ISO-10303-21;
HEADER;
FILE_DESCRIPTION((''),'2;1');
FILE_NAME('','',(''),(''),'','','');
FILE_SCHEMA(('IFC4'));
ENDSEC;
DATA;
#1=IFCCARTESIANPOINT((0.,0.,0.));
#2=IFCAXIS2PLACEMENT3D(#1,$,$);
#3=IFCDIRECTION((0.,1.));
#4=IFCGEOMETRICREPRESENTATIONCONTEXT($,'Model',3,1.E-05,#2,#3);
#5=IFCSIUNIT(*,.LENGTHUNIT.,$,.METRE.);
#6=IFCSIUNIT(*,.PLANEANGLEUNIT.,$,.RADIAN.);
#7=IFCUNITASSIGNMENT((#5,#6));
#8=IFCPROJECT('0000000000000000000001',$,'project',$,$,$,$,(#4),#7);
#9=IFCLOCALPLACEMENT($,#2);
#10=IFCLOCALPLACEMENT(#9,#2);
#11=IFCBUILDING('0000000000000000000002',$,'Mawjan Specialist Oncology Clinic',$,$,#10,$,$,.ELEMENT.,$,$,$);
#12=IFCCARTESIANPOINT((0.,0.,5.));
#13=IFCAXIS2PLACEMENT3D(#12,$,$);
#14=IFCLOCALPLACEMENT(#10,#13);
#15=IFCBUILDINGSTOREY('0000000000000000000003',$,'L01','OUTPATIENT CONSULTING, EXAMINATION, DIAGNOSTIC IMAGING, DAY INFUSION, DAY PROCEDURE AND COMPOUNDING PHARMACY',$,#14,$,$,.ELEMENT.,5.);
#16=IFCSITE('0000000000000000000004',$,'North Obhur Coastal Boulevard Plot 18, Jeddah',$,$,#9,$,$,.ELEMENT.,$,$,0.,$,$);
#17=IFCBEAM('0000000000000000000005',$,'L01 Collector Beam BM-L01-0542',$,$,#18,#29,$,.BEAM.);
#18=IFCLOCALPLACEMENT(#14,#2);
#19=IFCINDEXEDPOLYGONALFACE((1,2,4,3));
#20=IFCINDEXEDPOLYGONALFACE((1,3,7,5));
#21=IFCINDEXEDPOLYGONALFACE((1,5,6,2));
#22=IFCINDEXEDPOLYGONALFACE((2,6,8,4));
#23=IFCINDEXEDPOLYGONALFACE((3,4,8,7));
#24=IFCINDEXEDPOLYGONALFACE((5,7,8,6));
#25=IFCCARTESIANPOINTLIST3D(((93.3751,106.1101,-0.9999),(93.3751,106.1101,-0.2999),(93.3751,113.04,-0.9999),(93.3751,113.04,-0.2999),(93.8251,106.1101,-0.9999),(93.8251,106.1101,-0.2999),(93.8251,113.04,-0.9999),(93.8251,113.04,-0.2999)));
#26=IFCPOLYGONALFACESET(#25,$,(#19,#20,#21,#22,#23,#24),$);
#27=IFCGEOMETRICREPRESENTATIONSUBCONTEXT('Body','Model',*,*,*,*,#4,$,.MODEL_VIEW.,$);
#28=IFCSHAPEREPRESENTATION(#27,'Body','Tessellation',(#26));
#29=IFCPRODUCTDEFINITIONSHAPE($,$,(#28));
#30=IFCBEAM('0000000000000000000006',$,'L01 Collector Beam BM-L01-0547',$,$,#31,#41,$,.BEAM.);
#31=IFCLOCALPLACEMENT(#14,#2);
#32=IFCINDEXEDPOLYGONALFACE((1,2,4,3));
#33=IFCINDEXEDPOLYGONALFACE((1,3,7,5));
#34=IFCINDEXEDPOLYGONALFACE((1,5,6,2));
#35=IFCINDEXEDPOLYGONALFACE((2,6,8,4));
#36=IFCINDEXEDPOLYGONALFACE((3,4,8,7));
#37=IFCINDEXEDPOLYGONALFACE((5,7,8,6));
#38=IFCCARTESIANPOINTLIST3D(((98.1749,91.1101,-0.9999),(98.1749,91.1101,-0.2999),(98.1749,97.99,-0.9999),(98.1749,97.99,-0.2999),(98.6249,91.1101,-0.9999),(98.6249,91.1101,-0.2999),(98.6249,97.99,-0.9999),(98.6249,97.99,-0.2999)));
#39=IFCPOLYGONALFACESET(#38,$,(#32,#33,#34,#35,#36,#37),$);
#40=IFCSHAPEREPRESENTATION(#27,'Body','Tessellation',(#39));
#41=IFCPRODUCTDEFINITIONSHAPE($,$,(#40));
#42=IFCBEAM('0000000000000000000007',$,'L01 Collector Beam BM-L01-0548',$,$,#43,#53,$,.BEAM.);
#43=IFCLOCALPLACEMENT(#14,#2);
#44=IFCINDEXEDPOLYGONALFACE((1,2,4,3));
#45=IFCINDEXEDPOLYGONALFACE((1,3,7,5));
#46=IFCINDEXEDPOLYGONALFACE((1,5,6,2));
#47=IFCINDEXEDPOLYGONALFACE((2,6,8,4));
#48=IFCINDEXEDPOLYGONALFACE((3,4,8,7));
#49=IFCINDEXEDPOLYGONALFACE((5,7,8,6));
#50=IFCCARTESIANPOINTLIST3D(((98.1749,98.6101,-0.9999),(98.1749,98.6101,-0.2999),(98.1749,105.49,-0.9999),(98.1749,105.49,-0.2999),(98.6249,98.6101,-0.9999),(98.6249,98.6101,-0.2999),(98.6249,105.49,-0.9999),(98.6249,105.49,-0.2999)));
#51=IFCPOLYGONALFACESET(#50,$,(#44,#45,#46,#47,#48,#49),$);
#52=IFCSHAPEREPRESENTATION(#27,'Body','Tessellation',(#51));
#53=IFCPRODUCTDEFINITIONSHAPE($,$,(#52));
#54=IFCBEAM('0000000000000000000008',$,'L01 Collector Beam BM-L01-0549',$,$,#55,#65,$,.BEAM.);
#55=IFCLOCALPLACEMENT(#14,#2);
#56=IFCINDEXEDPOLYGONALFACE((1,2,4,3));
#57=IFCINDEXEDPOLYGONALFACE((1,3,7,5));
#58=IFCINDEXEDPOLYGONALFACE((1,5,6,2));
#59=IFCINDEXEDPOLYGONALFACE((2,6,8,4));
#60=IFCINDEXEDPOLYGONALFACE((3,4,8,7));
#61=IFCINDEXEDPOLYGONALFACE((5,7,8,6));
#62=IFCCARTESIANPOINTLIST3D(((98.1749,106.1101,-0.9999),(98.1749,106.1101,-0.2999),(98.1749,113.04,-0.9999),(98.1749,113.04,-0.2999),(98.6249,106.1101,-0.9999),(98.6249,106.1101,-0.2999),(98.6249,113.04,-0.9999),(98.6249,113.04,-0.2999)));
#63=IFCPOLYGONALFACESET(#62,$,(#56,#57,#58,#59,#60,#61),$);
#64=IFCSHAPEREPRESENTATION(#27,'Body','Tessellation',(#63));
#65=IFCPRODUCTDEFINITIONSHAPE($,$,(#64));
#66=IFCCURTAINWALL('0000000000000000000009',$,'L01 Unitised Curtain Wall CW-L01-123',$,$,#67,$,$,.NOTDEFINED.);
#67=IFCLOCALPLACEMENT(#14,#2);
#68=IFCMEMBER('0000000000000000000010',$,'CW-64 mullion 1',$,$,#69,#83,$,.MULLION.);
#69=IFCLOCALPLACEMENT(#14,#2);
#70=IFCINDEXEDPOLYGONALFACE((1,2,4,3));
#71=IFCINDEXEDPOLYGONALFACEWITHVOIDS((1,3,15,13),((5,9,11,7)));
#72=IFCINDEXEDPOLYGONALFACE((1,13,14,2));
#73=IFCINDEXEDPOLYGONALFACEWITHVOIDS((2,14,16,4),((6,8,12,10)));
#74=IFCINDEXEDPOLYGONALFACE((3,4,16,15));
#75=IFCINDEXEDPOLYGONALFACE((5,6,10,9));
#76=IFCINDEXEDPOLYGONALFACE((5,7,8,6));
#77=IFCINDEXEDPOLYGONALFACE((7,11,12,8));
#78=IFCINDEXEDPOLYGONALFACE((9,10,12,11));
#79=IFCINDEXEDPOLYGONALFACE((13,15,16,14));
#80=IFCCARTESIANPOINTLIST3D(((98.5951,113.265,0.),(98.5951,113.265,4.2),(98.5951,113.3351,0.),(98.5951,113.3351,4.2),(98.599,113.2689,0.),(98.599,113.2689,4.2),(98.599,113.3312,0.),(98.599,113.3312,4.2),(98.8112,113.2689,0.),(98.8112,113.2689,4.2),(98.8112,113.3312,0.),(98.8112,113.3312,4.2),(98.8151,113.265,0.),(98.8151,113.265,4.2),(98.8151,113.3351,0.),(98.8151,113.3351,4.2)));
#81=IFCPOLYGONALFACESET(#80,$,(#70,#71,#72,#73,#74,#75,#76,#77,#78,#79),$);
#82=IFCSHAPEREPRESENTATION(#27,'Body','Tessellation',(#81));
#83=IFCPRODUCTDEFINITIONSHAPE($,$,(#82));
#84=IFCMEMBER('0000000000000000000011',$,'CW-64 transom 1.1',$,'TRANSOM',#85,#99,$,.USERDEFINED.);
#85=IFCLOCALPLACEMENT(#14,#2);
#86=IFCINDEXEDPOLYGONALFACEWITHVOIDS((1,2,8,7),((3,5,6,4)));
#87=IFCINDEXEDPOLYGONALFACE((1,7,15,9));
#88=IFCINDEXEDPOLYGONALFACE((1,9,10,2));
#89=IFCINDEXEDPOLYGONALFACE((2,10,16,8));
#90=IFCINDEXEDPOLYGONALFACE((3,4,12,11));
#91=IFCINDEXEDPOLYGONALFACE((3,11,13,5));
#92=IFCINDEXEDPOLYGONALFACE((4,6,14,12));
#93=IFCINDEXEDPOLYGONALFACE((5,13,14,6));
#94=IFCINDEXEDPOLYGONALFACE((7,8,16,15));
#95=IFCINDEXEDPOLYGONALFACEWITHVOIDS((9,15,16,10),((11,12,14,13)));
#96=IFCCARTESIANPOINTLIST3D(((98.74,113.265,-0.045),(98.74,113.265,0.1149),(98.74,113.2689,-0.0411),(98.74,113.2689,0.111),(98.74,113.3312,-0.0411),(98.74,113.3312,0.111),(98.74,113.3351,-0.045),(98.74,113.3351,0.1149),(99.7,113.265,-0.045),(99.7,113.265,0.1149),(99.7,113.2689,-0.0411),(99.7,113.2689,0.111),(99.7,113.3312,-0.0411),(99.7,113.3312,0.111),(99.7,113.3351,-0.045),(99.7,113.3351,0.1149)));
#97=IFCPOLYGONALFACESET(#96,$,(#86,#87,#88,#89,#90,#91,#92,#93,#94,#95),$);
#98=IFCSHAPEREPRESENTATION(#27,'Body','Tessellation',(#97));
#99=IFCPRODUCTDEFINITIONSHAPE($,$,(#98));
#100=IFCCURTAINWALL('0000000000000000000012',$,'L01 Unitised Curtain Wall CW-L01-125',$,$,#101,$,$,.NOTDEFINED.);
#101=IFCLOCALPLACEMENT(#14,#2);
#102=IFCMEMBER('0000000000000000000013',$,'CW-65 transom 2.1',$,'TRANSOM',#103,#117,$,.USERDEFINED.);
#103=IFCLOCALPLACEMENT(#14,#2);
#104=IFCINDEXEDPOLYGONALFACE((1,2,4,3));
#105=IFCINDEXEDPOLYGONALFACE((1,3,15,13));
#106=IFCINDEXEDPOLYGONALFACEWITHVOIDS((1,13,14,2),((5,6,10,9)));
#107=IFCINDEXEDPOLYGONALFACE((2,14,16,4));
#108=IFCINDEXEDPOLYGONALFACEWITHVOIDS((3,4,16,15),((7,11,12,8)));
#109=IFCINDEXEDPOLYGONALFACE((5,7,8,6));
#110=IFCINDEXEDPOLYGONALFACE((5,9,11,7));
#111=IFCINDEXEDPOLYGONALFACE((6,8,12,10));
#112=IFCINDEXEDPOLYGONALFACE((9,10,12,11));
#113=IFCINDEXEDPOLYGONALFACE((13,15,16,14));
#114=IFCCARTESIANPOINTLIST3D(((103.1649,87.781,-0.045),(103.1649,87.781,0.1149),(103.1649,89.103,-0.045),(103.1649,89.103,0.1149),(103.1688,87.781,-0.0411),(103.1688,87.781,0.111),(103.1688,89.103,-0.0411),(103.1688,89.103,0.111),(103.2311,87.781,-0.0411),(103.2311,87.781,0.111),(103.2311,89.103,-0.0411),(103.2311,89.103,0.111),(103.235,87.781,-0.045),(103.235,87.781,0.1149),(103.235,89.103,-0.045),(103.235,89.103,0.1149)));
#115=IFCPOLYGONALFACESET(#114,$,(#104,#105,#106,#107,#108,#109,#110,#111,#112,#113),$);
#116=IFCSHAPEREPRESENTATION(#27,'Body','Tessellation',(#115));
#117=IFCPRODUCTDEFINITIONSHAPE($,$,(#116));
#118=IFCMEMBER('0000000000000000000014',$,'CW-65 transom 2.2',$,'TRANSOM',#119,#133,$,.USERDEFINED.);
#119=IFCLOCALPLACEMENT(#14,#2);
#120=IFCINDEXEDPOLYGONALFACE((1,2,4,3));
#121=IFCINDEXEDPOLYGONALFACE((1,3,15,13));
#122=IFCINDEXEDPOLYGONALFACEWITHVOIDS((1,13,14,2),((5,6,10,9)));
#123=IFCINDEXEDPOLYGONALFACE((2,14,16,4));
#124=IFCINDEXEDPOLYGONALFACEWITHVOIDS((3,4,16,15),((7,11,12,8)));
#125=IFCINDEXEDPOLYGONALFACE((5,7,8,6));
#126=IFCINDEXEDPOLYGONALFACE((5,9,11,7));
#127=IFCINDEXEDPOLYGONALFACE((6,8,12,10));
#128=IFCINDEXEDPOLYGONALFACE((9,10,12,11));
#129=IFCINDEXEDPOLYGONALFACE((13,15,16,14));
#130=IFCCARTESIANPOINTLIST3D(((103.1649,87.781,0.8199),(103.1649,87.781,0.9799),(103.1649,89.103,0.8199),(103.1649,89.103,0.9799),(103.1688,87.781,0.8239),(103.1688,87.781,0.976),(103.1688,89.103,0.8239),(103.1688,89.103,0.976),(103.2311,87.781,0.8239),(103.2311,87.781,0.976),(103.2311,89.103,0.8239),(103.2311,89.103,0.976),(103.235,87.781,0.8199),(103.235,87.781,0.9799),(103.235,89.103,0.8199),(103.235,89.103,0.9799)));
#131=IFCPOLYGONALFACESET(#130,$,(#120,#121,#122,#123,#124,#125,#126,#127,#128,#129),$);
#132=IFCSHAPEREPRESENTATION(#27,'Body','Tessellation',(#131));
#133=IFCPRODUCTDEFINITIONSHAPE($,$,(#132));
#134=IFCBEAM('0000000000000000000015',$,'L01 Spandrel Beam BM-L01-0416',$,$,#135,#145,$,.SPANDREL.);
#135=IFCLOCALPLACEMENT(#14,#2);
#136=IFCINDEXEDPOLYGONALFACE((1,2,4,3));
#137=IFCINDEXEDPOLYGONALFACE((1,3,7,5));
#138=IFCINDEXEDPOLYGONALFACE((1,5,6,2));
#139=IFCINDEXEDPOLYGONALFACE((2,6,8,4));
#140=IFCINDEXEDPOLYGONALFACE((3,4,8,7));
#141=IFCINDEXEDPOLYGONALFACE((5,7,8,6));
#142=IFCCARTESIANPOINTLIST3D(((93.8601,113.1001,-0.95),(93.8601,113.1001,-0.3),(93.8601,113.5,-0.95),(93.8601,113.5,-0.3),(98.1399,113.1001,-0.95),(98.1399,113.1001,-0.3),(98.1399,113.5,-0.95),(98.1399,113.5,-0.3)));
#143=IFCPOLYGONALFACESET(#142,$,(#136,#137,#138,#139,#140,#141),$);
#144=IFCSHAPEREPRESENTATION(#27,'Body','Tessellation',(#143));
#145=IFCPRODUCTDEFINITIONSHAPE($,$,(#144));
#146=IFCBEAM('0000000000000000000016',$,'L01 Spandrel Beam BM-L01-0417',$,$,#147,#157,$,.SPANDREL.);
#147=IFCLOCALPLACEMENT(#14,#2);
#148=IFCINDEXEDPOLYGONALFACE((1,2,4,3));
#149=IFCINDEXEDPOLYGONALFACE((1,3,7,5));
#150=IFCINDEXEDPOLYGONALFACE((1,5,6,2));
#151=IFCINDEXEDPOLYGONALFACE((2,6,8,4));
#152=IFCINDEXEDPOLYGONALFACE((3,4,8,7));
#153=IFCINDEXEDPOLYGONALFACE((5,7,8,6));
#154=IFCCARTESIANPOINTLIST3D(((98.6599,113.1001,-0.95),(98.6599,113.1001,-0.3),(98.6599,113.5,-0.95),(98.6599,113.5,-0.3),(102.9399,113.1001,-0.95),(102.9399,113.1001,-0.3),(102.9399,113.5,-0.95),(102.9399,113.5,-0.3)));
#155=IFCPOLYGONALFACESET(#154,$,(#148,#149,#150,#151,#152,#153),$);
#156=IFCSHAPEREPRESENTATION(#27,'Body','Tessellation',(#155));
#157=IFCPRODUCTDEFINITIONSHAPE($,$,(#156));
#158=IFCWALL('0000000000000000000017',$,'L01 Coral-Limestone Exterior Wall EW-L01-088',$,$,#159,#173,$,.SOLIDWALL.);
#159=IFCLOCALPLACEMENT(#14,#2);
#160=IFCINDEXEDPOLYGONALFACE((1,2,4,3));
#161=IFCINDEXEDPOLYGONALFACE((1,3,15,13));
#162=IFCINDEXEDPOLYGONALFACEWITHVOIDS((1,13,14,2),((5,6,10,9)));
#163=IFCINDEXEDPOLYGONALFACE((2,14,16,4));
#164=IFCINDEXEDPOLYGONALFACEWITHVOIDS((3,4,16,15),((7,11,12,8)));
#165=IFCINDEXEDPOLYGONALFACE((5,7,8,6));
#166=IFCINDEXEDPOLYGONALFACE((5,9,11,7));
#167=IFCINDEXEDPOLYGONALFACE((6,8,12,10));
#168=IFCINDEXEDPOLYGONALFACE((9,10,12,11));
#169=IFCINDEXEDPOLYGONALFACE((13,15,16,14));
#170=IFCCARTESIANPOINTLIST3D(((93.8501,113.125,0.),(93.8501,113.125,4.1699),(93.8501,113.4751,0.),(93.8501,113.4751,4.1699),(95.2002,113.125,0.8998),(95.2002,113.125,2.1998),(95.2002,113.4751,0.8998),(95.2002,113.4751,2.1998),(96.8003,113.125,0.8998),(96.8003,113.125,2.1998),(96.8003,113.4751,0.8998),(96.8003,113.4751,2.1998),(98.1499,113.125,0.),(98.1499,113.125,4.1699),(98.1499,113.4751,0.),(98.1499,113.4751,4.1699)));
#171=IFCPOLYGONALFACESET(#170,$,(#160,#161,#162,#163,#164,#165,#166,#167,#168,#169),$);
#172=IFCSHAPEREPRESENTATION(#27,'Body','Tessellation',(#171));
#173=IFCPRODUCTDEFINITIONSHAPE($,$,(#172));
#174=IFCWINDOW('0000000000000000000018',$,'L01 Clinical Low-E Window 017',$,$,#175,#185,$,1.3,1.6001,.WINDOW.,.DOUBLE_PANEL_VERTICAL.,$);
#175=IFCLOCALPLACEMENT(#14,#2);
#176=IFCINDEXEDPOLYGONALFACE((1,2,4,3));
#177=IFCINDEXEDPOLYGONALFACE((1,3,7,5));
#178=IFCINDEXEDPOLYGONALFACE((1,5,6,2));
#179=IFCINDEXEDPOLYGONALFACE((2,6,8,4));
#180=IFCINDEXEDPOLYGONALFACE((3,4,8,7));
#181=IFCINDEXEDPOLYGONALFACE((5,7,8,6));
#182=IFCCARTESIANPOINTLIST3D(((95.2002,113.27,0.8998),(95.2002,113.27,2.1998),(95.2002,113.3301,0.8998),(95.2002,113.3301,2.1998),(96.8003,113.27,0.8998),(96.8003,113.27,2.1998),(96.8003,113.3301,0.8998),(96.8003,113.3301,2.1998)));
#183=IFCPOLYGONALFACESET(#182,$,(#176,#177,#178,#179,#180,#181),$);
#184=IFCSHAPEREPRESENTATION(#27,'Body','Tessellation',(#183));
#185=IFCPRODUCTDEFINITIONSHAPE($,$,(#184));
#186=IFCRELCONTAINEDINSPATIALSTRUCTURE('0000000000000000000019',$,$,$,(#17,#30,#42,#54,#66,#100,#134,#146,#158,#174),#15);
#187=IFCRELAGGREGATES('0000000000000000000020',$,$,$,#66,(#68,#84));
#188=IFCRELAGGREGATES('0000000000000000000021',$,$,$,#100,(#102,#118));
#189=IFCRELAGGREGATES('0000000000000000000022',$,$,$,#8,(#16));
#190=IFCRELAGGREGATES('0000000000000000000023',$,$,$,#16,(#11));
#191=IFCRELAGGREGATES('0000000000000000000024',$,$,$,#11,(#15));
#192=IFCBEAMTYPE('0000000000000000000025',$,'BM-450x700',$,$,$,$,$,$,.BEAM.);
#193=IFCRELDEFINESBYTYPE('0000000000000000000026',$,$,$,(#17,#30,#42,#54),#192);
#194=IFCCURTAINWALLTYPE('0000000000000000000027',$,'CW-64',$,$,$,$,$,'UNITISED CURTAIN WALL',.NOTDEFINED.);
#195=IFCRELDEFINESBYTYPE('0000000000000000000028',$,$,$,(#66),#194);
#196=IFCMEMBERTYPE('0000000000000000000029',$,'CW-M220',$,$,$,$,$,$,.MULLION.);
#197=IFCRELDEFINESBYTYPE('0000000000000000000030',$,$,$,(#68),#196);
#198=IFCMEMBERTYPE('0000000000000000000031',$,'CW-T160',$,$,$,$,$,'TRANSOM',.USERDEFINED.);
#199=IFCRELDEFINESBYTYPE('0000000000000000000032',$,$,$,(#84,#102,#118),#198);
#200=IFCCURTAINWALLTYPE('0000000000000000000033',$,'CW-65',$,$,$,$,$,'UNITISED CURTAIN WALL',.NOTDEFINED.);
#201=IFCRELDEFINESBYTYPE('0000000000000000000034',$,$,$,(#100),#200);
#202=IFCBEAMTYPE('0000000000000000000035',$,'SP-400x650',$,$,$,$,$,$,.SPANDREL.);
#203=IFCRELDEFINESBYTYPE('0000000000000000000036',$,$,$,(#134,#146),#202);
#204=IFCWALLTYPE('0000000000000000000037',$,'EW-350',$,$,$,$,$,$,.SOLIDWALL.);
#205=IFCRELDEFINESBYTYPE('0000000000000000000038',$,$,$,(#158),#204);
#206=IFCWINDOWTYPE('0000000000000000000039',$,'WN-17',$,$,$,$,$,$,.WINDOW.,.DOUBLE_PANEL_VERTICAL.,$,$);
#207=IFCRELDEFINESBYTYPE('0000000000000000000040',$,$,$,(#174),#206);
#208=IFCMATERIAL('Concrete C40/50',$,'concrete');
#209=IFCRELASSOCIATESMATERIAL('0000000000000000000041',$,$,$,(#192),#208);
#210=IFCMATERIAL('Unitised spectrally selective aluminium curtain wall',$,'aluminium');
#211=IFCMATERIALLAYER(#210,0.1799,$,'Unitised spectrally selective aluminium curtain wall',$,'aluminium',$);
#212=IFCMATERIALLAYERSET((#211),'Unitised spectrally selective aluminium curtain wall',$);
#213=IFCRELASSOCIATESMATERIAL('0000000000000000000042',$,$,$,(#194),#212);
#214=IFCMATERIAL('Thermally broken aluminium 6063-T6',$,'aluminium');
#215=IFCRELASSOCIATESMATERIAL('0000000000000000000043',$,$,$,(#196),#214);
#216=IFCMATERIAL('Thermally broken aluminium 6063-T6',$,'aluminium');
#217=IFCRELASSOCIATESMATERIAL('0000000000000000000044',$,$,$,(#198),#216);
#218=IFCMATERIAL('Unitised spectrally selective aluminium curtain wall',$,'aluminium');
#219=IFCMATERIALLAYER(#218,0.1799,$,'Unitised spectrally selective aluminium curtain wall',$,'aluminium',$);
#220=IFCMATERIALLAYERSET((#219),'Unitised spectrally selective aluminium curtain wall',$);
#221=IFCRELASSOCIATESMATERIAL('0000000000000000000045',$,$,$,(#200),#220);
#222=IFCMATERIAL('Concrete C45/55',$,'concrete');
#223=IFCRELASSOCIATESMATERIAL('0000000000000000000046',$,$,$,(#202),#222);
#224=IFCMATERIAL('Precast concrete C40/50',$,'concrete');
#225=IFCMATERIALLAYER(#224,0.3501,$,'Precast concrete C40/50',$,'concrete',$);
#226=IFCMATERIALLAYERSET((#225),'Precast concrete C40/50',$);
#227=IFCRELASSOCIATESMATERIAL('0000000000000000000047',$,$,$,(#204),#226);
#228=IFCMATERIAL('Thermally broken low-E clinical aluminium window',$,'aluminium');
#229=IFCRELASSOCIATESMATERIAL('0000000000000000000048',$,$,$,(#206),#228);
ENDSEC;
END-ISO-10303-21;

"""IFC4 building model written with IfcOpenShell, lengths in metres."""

from ifc_helpers import new_model, si_unit, direction, frame, frame_2d, origin, origin_2d, place, context, subcontext, project, spatial, rectangle, hollow_rectangle, extrude, material, layer, layer_set, material_profile, profile_set, type_object, element, fill, aggregate, save


model = new_model("IFC4")

# Units and contexts
model_context = context("Model", 3, precision=1e-05, world=origin(), true_north=direction((0.0, 1.0)))
body_context = subcontext(model_context, "Body", "Model", "MODEL_VIEW")
ifc_project = project(units=[si_unit("LENGTHUNIT", "METRE"), si_unit("PLANEANGLEUNIT", "RADIAN")], contexts=[model_context])

# Site, building, storey
site_placement = place(None, origin())
site = spatial("IfcSite", under=ifc_project, at=site_placement, Name="North Obhur Coastal Boulevard Plot 18, Jeddah", CompositionType="ELEMENT", RefElevation=0.0)
building_placement = place(site_placement, origin())
building = spatial("IfcBuilding", under=site, at=building_placement, Name="Mawjan Specialist Oncology Clinic", CompositionType="ELEMENT")
storey_placement = place(building_placement, frame((0.0, 0.0, 5.0)))
storey = spatial("IfcBuildingStorey", under=building, at=storey_placement, Name="L01", Description="OUTPATIENT CONSULTING, EXAMINATION, DIAGNOSTIC IMAGING, DAY INFUSION, DAY PROCEDURE AND COMPOUNDING PHARMACY", CompositionType="ELEMENT", Elevation=5.0)

# Beams
ifc_material_1 = material(Name="Concrete C40/50", Category="concrete")
ifc_material_profile_1 = material_profile(ifc_material_1, rectangle(XDim=0.45, YDim=0.7, at=origin_2d()), Name="RC BM 450x700", Category="concrete")
ifc_profile_set_1 = profile_set([ifc_material_profile_1], Name="Concrete C40/50")
beam_type_1 = type_object("IfcBeamType", Name="BM-450x700", PredefinedType="BEAM", material=ifc_profile_set_1)
beam_1_placement = place(storey_placement, frame((93.6001, 106.1101, -0.6499), z_axis=(0.0, 1.0, 0.0), x_axis=(-1.0, 0.0, 0.0)))
element("IfcBeam", 1, at=beam_1_placement, inside=storey, type_object=beam_type_1, Name="L01 Collector Beam BM-L01-0542", PredefinedType="BEAM", context=body_context, shape_type="SweptSolid", body=[
    extrude(rectangle(XDim=0.45, YDim=0.7, at=origin_2d()), origin(), (0.0, 0.0, 1.0), 6.9299),
])
for number, where, z_axis, x_axis, name in (
    (2, (98.3999, 91.1101, -0.6499), (0.0, 1.0, 0.0), (-1.0, 0.0, 0.0), "L01 Collector Beam BM-L01-0547"),
    (3, (98.3999, 98.6101, -0.6499), (0.0, 1.0, 0.0), (-1.0, 0.0, 0.0), "L01 Collector Beam BM-L01-0548"),
):
    element("IfcBeam", number, at=place(storey_placement, frame(where, z_axis=z_axis, x_axis=x_axis)), inside=storey, type_object=beam_type_1, Name=name, PredefinedType="BEAM", context=body_context, shape_type="SweptSolid", body=[
        extrude(rectangle(XDim=0.45, YDim=0.7, at=origin_2d()), origin(), (0.0, 0.0, 1.0), 6.8799),
    ])
beam_2_placement = place(storey_placement, frame((98.3999, 106.1101, -0.6499), z_axis=(0.0, 1.0, 0.0), x_axis=(-1.0, 0.0, 0.0)))
element("IfcBeam", 4, at=beam_2_placement, inside=storey, type_object=beam_type_1, Name="L01 Collector Beam BM-L01-0549", PredefinedType="BEAM", context=body_context, shape_type="SweptSolid", body=[
    extrude(rectangle(XDim=0.45, YDim=0.7, at=origin_2d()), origin(), (0.0, 0.0, 1.0), 6.9299),
])

# Curtain walls, members
ifc_material_2 = material(Name="Unitised spectrally selective aluminium curtain wall", Category="aluminium")
ifc_layer_1 = layer(ifc_material_2, 0.1799, Name="Unitised spectrally selective aluminium curtain wall", Category="aluminium")
ifc_layer_set_1 = layer_set([ifc_layer_1], Name="Unitised spectrally selective aluminium curtain wall")
curtain_wall_type_1 = type_object("IfcCurtainWallType", Name="CW-64", ElementType="UNITISED CURTAIN WALL", PredefinedType="NOTDEFINED", material=ifc_layer_set_1)
curtain_wall_1_placement = place(storey_placement, origin())
curtain_wall_1 = element("IfcCurtainWall", 5, at=curtain_wall_1_placement, inside=storey, type_object=curtain_wall_type_1, Name="L01 Unitised Curtain Wall CW-L01-123", PredefinedType="NOTDEFINED")
ifc_material_3 = material(Name="Thermally broken aluminium 6063-T6", Category="aluminium")
ifc_material_profile_2 = material_profile(ifc_material_3, hollow_rectangle(XDim=0.0701, YDim=0.22, WallThickness=0.0039, at=origin_2d()), Name="ALU MULLION 220x70x4", Category="aluminium")
ifc_profile_set_2 = profile_set([ifc_material_profile_2], Name="Thermally broken aluminium 6063-T6")
member_type_1 = type_object("IfcMemberType", Name="CW-M220", PredefinedType="MULLION", material=ifc_profile_set_2)
member_1_placement = place(storey_placement, frame((98.7051, 113.3, 0.0), z_axis=(0.0, 0.0, 1.0), x_axis=(0.0, 1.0, 0.0)))
member_1 = element("IfcMember", 6, at=member_1_placement, type_object=member_type_1, Name="CW-64 mullion 1", PredefinedType="MULLION", context=body_context, shape_type="SweptSolid", body=[
    extrude(hollow_rectangle(XDim=0.0701, YDim=0.22, WallThickness=0.0039, at=origin_2d()), origin(), (0.0, 0.0, 1.0), 4.2),
])
ifc_material_4 = material(Name="Thermally broken aluminium 6063-T6", Category="aluminium")
ifc_material_profile_3 = material_profile(ifc_material_4, hollow_rectangle(XDim=0.0701, YDim=0.1599, WallThickness=0.0039, at=origin_2d()), Name="ALU TRANSOM 160x70x4", Category="aluminium")
ifc_profile_set_3 = profile_set([ifc_material_profile_3], Name="Thermally broken aluminium 6063-T6")
member_type_2 = type_object("IfcMemberType", Name="CW-T160", ElementType="TRANSOM", PredefinedType="USERDEFINED", material=ifc_profile_set_3)
member_2_placement = place(storey_placement, frame((98.74, 113.3, 0.0349), z_axis=(1.0, 0.0, 0.0), x_axis=(0.0, 1.0, 0.0)))
member_2 = element("IfcMember", 7, at=member_2_placement, type_object=member_type_2, Name="CW-64 transom 1.1", ObjectType="TRANSOM", PredefinedType="USERDEFINED", context=body_context, shape_type="SweptSolid", body=[
    extrude(hollow_rectangle(XDim=0.0701, YDim=0.1599, WallThickness=0.0039, at=origin_2d()), origin(), (0.0, 0.0, 1.0), 0.96),
])
aggregate(curtain_wall_1, [member_1, member_2])
ifc_material_5 = material(Name="Unitised spectrally selective aluminium curtain wall", Category="aluminium")
ifc_layer_2 = layer(ifc_material_5, 0.1799, Name="Unitised spectrally selective aluminium curtain wall", Category="aluminium")
ifc_layer_set_2 = layer_set([ifc_layer_2], Name="Unitised spectrally selective aluminium curtain wall")
curtain_wall_type_2 = type_object("IfcCurtainWallType", Name="CW-65", ElementType="UNITISED CURTAIN WALL", PredefinedType="NOTDEFINED", material=ifc_layer_set_2)
curtain_wall_2_placement = place(storey_placement, origin())
curtain_wall_2 = element("IfcCurtainWall", 8, at=curtain_wall_2_placement, inside=storey, type_object=curtain_wall_type_2, Name="L01 Unitised Curtain Wall CW-L01-125", PredefinedType="NOTDEFINED")
member_3_placement = place(storey_placement, frame((103.2, 89.103, 0.0349), z_axis=(0.0, -1.0, 0.0), x_axis=(1.0, 0.0, 0.0)))
member_3 = element("IfcMember", 9, at=member_3_placement, type_object=member_type_2, Name="CW-65 transom 2.1", ObjectType="TRANSOM", PredefinedType="USERDEFINED", context=body_context, shape_type="SweptSolid", body=[
    extrude(hollow_rectangle(XDim=0.0701, YDim=0.1599, WallThickness=0.0039, at=origin_2d()), origin(), (0.0, 0.0, 1.0), 1.322),
])
member_4_placement = place(storey_placement, frame((103.2, 89.103, 0.8999), z_axis=(0.0, -1.0, 0.0), x_axis=(1.0, 0.0, 0.0)))
member_4 = element("IfcMember", 10, at=member_4_placement, type_object=member_type_2, Name="CW-65 transom 2.2", ObjectType="TRANSOM", PredefinedType="USERDEFINED", context=body_context, shape_type="SweptSolid", body=[
    extrude(hollow_rectangle(XDim=0.0701, YDim=0.1599, WallThickness=0.0039, at=origin_2d()), origin(), (0.0, 0.0, 1.0), 1.322),
])
aggregate(curtain_wall_2, [member_3, member_4])

# Beams
ifc_material_6 = material(Name="Concrete C45/55", Category="concrete")
ifc_material_profile_4 = material_profile(ifc_material_6, rectangle(XDim=0.3999, YDim=0.6499, at=origin_2d()), Name="RC BM 400x650", Category="concrete")
ifc_profile_set_4 = profile_set([ifc_material_profile_4], Name="Concrete C45/55")
beam_type_2 = type_object("IfcBeamType", Name="SP-400x650", PredefinedType="SPANDREL", material=ifc_profile_set_4)
beam_3_placement = place(storey_placement, frame((93.8601, 113.3, -0.625), z_axis=(1.0, 0.0, 0.0), x_axis=(0.0, 1.0, 0.0)))
element("IfcBeam", 11, at=beam_3_placement, inside=storey, type_object=beam_type_2, Name="L01 Spandrel Beam BM-L01-0416", PredefinedType="SPANDREL", context=body_context, shape_type="SweptSolid", body=[
    extrude(rectangle(XDim=0.3999, YDim=0.6499, at=origin_2d()), origin(), (0.0, 0.0, 1.0), 4.2798),
])
beam_4_placement = place(storey_placement, frame((98.6599, 113.3, -0.625), z_axis=(1.0, 0.0, 0.0), x_axis=(0.0, 1.0, 0.0)))
element("IfcBeam", 12, at=beam_4_placement, inside=storey, type_object=beam_type_2, Name="L01 Spandrel Beam BM-L01-0417", PredefinedType="SPANDREL", context=body_context, shape_type="SweptSolid", body=[
    extrude(rectangle(XDim=0.3999, YDim=0.6499, at=origin_2d()), origin(), (0.0, 0.0, 1.0), 4.28),
])

# Wall, opening, window
ifc_material_7 = material(Name="Precast concrete C40/50", Category="concrete")
ifc_layer_3 = layer(ifc_material_7, 0.3501, Name="Precast concrete C40/50", Category="concrete")
ifc_layer_set_3 = layer_set([ifc_layer_3], Name="Precast concrete C40/50")
wall_type_1 = type_object("IfcWallType", Name="EW-350", PredefinedType="SOLIDWALL", material=ifc_layer_set_3)
wall_1_placement = place(storey_placement, frame((93.8501, 113.3, 0.0), z_axis=(0.0, 0.0, 1.0), x_axis=(1.0, 0.0, 0.0)))
wall_1 = element("IfcWall", 13, at=wall_1_placement, inside=storey, type_object=wall_type_1, Name="L01 Coral-Limestone Exterior Wall EW-L01-088", PredefinedType="SOLIDWALL", context=body_context, shape_type="SweptSolid", body=[
    extrude(rectangle(XDim=4.2998, YDim=0.3501, at=frame_2d((2.1499, 0.0))), origin(), (0.0, 0.0, 1.0), 4.1699),
])
opening_1_placement = place(wall_1_placement, frame((1.3501, 0.0, 0.8999)))
opening_1 = element("IfcOpeningElement", 14, at=opening_1_placement, cuts=wall_1, PredefinedType="OPENING", context=body_context, shape_type="SweptSolid", body=[
    extrude(rectangle(XDim=1.6001, YDim=1.3, at=frame_2d((0.8, 0.6499))), frame((0.0, 0.187, 0.0), z_axis=(0.0, -1.0, 0.0), x_axis=(1.0, 0.0, 0.0)), (0.0, 0.0, 1.0), 0.374),
])
ifc_material_8 = material(Name="Thermally broken low-E clinical aluminium window", Category="aluminium")
window_type = type_object("IfcWindowType", Name="WN-17", PartitioningType="DOUBLE_PANEL_VERTICAL", PredefinedType="WINDOW", material=ifc_material_8)
window_placement = place(opening_1_placement, origin())
window = element("IfcWindow", 15, at=window_placement, inside=storey, type_object=window_type, Name="L01 Clinical Low-E Window 017", OverallHeight=1.3, OverallWidth=1.6001, PartitioningType="DOUBLE_PANEL_VERTICAL", PredefinedType="WINDOW", context=body_context, shape_type="SweptSolid", body=[
    extrude(rectangle(XDim=1.6001, YDim=1.3, at=frame_2d((0.8, 0.6499))), frame((0.0, 0.03, 0.0), z_axis=(0.0, -1.0, 0.0), x_axis=(1.0, 0.0, 0.0)), (0.0, 0.0, 1.0), 0.0601),
])
fill(opening_1, window)

save(model, "model.ifc")
